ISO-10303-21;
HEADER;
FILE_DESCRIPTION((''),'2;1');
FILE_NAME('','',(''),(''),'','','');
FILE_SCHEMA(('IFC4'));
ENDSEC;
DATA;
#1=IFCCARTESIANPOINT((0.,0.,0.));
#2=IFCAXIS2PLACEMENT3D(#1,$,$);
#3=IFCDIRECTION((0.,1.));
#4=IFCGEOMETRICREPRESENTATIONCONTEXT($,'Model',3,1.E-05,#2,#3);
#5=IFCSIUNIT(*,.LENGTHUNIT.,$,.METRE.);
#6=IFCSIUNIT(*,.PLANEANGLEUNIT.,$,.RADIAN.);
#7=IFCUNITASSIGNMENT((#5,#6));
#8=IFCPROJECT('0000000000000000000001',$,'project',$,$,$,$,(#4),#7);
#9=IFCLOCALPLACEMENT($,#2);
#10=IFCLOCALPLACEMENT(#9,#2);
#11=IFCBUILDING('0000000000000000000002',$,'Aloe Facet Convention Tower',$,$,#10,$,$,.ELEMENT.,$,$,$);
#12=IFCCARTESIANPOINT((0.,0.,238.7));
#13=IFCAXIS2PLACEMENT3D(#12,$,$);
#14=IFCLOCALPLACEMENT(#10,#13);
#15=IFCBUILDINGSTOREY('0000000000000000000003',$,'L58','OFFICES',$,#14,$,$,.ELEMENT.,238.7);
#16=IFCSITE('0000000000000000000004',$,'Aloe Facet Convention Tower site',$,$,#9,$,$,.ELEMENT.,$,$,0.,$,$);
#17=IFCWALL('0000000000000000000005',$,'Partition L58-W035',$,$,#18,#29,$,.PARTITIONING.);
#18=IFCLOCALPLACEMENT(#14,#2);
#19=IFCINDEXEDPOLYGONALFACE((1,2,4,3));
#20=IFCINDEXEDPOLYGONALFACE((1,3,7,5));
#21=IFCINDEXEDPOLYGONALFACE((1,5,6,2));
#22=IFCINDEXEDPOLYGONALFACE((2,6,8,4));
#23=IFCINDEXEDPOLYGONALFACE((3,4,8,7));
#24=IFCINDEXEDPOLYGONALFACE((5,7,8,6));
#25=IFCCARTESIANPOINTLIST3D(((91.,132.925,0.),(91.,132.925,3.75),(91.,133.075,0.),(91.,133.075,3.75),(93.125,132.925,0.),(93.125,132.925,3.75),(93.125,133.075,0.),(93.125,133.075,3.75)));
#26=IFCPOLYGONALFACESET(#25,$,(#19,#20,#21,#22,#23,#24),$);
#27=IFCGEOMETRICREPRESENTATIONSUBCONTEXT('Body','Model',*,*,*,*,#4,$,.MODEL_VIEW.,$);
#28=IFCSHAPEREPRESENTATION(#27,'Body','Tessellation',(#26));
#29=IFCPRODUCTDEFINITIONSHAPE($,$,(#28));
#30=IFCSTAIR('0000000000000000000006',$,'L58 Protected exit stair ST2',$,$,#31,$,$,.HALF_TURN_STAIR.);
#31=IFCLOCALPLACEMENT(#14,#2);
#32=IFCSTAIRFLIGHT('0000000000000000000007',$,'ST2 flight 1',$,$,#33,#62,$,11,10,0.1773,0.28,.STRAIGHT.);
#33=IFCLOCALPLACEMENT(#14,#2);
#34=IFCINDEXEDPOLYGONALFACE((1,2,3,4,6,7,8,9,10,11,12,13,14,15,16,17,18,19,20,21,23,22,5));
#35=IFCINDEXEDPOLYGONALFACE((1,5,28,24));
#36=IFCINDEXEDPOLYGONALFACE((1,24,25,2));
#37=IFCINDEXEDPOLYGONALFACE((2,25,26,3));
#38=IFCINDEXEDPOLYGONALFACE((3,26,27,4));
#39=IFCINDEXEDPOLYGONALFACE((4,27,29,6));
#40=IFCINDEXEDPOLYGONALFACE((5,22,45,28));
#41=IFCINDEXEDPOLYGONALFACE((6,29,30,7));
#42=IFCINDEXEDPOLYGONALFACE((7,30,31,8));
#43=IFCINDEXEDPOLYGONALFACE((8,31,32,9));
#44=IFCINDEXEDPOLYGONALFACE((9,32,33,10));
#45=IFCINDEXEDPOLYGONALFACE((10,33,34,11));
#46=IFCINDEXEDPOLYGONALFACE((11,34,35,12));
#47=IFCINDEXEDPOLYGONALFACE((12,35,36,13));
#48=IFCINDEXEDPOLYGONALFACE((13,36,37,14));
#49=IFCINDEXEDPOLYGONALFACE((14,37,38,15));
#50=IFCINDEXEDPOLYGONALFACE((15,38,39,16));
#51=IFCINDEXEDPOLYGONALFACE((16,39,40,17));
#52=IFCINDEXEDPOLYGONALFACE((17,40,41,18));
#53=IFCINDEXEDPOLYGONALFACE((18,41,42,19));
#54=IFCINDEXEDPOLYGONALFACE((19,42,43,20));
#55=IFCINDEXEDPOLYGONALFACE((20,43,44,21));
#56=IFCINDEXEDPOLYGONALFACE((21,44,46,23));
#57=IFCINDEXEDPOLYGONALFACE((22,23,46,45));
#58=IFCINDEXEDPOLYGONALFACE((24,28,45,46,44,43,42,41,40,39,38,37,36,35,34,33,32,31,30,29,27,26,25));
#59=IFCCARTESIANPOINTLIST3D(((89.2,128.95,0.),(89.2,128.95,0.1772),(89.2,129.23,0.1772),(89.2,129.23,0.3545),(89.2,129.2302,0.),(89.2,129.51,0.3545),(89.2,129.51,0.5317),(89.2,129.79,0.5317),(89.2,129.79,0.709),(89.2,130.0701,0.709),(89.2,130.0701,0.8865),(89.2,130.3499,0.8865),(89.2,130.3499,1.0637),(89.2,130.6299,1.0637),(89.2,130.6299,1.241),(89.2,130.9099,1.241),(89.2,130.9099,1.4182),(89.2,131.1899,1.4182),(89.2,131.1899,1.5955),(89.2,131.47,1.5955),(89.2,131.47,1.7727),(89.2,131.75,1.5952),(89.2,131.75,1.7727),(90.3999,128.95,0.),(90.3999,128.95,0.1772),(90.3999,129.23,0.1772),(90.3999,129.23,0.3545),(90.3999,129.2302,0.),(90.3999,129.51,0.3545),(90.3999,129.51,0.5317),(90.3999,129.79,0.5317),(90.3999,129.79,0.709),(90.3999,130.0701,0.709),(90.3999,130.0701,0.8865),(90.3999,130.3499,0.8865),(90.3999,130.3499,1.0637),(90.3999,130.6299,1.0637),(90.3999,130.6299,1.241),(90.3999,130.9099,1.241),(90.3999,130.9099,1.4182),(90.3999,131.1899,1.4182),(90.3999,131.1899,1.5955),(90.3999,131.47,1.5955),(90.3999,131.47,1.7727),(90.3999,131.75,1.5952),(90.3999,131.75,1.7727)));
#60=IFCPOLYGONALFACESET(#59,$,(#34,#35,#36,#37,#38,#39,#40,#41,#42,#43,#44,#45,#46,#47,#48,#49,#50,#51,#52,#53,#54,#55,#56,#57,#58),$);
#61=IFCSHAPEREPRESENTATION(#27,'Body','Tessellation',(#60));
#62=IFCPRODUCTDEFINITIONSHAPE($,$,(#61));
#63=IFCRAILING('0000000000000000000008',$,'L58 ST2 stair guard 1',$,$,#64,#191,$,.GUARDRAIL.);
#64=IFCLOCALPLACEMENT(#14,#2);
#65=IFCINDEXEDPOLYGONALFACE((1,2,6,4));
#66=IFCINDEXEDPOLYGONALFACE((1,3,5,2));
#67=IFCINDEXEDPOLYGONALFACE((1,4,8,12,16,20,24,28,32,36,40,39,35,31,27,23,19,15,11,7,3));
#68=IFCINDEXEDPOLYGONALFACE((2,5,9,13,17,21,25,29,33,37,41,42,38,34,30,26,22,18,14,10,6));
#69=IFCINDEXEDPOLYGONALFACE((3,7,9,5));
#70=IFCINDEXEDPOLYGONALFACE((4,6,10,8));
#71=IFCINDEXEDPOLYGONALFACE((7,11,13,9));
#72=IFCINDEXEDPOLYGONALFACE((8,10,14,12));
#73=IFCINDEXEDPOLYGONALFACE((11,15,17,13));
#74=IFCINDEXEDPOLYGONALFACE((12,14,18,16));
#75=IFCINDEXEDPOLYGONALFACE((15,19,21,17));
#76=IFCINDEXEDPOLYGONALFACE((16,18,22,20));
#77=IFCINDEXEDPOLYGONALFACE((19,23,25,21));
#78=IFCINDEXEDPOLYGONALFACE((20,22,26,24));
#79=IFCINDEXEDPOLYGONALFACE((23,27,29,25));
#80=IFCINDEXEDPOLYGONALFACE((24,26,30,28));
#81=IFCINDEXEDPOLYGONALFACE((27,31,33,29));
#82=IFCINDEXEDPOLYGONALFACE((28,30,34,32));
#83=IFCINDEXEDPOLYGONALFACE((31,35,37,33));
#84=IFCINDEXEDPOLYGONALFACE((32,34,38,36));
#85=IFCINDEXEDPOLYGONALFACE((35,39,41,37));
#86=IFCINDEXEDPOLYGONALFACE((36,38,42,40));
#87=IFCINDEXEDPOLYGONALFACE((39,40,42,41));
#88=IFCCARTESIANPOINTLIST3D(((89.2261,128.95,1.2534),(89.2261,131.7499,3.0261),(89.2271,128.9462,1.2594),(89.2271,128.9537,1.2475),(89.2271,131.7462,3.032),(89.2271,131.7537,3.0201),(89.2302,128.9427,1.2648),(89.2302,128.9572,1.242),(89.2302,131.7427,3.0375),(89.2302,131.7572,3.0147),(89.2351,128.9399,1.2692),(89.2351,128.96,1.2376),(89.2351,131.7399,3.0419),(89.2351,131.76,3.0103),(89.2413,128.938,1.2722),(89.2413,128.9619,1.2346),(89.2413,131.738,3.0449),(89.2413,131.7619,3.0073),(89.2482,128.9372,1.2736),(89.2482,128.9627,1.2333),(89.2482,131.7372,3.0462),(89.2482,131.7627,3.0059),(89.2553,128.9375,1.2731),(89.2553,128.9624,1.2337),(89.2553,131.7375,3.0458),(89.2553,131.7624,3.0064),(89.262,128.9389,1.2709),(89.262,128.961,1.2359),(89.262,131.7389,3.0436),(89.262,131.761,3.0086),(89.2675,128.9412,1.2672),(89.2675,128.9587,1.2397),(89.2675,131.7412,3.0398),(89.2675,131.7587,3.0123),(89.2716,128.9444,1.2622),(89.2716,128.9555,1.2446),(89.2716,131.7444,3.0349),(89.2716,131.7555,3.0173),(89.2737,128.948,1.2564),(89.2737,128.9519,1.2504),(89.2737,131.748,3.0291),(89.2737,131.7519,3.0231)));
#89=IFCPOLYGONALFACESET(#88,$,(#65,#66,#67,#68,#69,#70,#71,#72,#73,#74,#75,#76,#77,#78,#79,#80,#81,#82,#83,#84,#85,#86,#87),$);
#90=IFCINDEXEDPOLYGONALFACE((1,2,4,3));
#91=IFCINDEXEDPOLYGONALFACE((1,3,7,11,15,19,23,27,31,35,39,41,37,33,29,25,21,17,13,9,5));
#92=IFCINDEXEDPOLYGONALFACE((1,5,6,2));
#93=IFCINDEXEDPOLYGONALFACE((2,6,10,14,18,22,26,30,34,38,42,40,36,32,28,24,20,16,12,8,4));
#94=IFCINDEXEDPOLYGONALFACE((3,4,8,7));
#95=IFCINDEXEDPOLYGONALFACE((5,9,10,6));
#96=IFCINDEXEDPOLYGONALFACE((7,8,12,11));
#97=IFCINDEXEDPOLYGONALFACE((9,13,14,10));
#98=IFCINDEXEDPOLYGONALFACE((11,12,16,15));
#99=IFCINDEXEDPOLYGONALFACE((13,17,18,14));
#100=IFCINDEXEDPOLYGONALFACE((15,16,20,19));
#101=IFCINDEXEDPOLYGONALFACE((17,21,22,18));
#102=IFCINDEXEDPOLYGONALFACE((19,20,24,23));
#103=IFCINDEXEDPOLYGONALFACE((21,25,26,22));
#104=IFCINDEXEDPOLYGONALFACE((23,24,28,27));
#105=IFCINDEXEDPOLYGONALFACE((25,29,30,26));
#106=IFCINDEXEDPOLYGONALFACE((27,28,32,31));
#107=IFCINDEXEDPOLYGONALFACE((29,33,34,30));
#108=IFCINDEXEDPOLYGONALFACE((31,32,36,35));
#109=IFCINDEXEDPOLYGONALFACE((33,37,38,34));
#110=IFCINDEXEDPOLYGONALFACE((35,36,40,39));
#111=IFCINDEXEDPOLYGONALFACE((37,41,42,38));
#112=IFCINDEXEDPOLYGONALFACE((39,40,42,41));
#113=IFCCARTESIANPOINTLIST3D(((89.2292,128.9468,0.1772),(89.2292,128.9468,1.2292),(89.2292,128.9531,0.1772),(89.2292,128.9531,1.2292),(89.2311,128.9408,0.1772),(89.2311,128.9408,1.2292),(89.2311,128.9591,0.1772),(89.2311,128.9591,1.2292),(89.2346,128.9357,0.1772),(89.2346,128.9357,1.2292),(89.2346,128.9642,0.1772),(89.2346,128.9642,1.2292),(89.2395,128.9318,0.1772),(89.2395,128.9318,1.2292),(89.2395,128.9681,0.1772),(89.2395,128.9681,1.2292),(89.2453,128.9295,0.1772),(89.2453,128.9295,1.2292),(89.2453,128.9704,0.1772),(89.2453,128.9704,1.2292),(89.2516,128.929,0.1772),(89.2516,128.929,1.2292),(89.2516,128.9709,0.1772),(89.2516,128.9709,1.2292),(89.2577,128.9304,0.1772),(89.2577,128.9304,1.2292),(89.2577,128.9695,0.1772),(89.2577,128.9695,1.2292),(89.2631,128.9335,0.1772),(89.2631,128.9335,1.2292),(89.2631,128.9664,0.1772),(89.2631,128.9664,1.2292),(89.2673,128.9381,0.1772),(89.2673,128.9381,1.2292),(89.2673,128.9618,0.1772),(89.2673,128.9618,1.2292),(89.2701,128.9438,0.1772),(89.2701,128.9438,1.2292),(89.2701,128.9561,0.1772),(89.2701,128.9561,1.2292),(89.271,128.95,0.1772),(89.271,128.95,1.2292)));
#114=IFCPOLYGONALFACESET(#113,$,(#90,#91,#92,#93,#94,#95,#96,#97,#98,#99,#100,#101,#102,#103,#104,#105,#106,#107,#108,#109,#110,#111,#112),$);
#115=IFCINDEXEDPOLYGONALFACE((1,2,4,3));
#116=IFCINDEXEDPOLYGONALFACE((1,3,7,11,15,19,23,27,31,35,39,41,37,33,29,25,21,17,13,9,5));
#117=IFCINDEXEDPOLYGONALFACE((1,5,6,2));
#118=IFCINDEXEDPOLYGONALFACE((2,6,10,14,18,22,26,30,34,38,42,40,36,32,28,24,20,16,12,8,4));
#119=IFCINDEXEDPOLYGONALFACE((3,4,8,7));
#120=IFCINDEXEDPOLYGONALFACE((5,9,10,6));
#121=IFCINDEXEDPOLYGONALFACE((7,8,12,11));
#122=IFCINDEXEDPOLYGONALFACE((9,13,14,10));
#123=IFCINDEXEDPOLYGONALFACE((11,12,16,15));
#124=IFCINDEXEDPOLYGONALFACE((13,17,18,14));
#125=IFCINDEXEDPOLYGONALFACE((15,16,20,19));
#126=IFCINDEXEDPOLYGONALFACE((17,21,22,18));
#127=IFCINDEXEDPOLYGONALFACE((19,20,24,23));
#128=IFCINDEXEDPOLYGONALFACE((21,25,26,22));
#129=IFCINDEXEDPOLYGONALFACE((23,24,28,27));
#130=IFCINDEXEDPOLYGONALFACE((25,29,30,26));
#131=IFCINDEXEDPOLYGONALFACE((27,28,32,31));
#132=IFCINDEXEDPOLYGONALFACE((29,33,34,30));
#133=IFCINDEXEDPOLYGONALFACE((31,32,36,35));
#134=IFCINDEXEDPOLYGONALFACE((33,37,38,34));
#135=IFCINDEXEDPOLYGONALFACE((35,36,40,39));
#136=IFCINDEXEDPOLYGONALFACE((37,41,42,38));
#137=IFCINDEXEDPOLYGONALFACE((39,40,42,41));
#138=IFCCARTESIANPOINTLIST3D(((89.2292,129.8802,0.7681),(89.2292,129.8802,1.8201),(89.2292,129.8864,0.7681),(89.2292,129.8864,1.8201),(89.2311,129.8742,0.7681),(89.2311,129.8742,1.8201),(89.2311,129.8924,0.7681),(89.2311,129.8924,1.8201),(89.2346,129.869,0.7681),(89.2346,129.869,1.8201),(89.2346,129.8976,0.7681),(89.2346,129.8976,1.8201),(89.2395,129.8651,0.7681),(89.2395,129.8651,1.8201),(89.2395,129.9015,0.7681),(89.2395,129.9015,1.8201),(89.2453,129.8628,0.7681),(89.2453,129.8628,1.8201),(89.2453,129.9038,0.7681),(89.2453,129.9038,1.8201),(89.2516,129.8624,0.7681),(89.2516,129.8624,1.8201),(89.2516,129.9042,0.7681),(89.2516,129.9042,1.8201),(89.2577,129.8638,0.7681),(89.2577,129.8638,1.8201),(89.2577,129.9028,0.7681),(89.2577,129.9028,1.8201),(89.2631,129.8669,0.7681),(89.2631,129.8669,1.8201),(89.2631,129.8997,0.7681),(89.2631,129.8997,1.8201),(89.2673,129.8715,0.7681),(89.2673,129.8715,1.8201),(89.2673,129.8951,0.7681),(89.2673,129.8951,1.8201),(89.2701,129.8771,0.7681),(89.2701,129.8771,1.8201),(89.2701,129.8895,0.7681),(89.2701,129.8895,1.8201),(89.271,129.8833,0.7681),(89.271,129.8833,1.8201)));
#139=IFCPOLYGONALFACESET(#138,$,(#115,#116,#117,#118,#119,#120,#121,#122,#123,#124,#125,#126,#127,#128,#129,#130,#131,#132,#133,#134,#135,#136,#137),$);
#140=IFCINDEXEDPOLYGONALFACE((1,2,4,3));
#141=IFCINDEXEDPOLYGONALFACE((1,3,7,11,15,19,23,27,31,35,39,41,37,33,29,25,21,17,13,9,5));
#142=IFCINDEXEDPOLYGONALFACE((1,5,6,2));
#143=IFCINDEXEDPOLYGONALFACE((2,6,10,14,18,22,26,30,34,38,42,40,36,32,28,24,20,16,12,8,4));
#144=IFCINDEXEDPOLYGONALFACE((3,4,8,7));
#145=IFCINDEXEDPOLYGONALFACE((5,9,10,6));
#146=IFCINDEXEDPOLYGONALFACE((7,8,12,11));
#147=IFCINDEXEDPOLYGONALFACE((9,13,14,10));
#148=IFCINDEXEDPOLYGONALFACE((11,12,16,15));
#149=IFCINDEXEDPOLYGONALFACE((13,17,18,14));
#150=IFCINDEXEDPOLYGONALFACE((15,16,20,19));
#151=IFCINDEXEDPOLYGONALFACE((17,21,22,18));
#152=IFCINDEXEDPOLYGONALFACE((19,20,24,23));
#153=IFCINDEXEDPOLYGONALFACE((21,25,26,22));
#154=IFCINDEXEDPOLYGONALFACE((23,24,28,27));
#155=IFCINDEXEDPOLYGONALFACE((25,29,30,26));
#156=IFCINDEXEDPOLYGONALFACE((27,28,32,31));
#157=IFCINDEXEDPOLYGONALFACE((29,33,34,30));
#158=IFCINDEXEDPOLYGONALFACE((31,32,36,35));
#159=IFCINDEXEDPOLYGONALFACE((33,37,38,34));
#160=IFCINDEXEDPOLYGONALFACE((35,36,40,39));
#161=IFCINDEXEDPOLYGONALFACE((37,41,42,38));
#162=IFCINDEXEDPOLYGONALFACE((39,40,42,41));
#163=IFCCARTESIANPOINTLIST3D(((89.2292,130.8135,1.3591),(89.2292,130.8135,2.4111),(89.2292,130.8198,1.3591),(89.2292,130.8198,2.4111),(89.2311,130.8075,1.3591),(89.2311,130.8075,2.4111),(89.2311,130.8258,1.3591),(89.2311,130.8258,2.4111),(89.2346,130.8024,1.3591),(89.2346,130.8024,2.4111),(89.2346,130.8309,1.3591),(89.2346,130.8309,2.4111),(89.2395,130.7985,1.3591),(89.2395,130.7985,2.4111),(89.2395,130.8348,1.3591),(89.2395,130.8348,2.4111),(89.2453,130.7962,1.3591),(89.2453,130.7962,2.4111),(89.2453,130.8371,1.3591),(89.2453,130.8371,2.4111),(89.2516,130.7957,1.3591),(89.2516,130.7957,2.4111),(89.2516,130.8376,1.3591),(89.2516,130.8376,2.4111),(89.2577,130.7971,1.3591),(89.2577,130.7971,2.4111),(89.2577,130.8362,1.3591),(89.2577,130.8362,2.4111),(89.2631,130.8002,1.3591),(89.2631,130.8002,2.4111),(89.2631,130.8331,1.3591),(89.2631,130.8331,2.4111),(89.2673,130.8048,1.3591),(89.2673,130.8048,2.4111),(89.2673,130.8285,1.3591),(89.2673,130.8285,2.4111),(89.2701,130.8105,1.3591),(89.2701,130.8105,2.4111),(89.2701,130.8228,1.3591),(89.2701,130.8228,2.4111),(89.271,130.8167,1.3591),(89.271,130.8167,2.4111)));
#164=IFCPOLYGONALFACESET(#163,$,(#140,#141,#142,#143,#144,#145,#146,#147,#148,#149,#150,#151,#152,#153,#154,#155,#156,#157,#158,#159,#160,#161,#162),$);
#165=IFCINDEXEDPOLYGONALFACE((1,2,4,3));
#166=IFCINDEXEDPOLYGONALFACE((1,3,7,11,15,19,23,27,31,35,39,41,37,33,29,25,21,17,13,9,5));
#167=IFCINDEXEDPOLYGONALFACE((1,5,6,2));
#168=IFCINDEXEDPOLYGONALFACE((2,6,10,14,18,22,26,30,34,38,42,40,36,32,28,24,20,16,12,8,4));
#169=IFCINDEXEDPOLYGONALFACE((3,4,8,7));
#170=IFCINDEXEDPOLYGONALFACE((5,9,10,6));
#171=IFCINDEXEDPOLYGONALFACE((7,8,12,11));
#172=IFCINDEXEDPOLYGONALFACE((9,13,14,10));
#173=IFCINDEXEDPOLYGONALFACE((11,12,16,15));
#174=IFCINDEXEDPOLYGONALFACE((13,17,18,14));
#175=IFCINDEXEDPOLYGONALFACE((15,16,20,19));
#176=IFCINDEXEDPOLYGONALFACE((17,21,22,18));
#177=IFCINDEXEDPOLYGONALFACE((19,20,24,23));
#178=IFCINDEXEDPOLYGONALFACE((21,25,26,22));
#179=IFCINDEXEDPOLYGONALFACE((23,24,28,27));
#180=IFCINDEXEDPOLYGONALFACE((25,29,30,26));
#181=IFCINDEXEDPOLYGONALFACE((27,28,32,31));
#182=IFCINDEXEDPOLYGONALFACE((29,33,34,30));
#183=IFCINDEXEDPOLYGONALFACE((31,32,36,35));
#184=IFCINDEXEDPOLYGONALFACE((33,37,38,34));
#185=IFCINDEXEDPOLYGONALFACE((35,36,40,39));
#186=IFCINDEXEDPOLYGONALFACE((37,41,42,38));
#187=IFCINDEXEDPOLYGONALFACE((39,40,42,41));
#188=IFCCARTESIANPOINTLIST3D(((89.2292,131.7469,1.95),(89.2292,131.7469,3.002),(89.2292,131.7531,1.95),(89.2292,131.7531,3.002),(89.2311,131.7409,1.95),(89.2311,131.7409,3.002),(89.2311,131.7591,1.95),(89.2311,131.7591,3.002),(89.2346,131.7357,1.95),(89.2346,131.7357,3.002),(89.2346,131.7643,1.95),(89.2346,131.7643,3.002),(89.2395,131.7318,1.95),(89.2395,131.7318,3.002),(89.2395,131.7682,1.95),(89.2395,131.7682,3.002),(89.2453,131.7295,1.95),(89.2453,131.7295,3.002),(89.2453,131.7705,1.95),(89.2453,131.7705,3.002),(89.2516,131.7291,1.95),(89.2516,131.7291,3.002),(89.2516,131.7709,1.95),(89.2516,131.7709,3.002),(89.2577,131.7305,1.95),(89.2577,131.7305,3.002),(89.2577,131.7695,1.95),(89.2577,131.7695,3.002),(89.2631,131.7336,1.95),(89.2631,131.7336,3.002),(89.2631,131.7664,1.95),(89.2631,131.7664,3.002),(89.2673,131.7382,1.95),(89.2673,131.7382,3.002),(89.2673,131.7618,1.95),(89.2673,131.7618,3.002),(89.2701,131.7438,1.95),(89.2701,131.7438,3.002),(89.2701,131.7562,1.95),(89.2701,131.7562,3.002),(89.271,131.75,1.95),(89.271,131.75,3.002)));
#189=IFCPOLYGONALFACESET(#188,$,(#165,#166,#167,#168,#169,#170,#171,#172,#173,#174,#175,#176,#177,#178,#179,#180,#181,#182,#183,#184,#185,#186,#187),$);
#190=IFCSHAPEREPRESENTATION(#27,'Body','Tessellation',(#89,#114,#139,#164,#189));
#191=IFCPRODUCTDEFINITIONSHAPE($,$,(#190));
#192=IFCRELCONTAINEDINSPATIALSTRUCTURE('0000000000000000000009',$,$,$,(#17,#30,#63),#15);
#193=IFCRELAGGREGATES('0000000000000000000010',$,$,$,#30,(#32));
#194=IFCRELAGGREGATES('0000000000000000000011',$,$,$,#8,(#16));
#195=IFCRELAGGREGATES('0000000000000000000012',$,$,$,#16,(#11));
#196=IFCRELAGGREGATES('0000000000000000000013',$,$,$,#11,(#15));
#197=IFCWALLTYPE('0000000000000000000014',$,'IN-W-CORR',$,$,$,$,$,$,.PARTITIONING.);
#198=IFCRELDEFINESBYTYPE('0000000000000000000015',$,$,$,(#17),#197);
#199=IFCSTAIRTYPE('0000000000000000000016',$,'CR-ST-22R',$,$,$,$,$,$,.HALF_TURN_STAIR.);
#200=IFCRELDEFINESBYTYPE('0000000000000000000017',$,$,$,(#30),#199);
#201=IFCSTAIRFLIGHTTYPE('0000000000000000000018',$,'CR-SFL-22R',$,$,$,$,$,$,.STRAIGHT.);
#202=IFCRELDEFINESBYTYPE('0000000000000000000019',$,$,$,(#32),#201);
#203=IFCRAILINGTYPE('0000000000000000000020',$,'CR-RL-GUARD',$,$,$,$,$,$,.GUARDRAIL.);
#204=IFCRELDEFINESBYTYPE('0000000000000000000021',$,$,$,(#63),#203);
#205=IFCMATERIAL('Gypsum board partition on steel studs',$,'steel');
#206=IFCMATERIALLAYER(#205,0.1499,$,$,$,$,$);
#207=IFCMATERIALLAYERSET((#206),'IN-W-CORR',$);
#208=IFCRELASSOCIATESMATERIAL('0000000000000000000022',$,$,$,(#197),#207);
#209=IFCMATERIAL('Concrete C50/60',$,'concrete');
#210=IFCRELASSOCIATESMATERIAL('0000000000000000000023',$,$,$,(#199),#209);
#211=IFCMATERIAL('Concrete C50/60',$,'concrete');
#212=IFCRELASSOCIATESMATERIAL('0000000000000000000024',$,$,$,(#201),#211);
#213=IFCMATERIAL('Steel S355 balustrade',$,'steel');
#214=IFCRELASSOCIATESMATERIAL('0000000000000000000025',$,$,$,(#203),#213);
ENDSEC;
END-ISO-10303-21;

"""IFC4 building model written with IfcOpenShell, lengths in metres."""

from ifc_helpers import new_model, si_unit, direction, frame, frame_2d, origin, origin_2d, place, context, subcontext, project, spatial, polyline, rectangle, circle, outline, extrude, material, layer, layer_set, type_object, element, aggregate, save


model = new_model("IFC4")

# Units and contexts
model_context = context("Model", 3, precision=1e-05, world=origin(), true_north=direction((0.0, 1.0)))
body_context = subcontext(model_context, "Body", "Model", "MODEL_VIEW")
ifc_project = project(units=[si_unit("LENGTHUNIT", "METRE"), si_unit("PLANEANGLEUNIT", "RADIAN")], contexts=[model_context])

# Site, building, storey
site_placement = place(None, origin())
site = spatial("IfcSite", under=ifc_project, at=site_placement, Name="Aloe Facet Convention Tower site", CompositionType="ELEMENT", RefElevation=0.0)
building_placement = place(site_placement, origin())
building = spatial("IfcBuilding", under=site, at=building_placement, Name="Aloe Facet Convention Tower", CompositionType="ELEMENT")
storey_placement = place(building_placement, frame((0.0, 0.0, 238.7)))
storey = spatial("IfcBuildingStorey", under=building, at=storey_placement, Name="L58", Description="OFFICES", CompositionType="ELEMENT", Elevation=238.7)

# Wall
ifc_material_1 = material(Name="Gypsum board partition on steel studs", Category="steel")
ifc_layer_1 = layer(ifc_material_1, 0.1499)
ifc_layer_set_1 = layer_set([ifc_layer_1], Name="IN-W-CORR")
wall_type_1 = type_object("IfcWallType", Name="IN-W-CORR", PredefinedType="PARTITIONING", material=ifc_layer_set_1)
wall_1_placement = place(storey_placement, frame((91.0, 133.0, 0.0), z_axis=(0.0, 0.0, 1.0), x_axis=(1.0, 0.0, 0.0)))
element("IfcWall", 1, at=wall_1_placement, inside=storey, type_object=wall_type_1, Name="Partition L58-W035", PredefinedType="PARTITIONING", context=body_context, shape_type="SweptSolid", body=[
    extrude(rectangle(XDim=2.125, YDim=0.1499, at=frame_2d((1.0625, 0.0))), origin(), (0.0, 0.0, 1.0), 3.75),
])

# Stair, stair flight
ifc_material_2 = material(Name="Concrete C50/60", Category="concrete")
stair_type = type_object("IfcStairType", Name="CR-ST-22R", PredefinedType="HALF_TURN_STAIR", material=ifc_material_2)
stair_placement = place(storey_placement, origin())
stair = element("IfcStair", 2, at=stair_placement, inside=storey, type_object=stair_type, Name="L58 Protected exit stair ST2", PredefinedType="HALF_TURN_STAIR")
ifc_material_3 = material(Name="Concrete C50/60", Category="concrete")
stair_flight_type = type_object("IfcStairFlightType", Name="CR-SFL-22R", PredefinedType="STRAIGHT", material=ifc_material_3)
stair_flight_placement = place(storey_placement, frame((89.8, 128.95, 0.0), z_axis=(0.0, 0.0, 1.0), x_axis=(0.0, 1.0, 0.0)))
stair_flight = element("IfcStairFlight", 3, at=stair_flight_placement, type_object=stair_flight_type, Name="ST2 flight 1", NumberOfRisers=11, NumberOfTreads=10, PredefinedType="STRAIGHT", RiserHeight=0.1773, TreadLength=0.28, context=body_context, shape_type="SweptSolid", body=[
    extrude(outline(polyline([(0.0, 0.0), (0.0, 0.1772), (0.28, 0.1772), (0.28, 0.3545), (0.5601, 0.3545), (0.5601, 0.5317), (0.8401, 0.5317), (0.8401, 0.709), (1.1201, 0.709), (1.1201, 0.8865), (1.3999, 0.8865), (1.3999, 1.0637), (1.6799, 1.0637), (1.6799, 1.241), (1.96, 1.241), (1.96, 1.4182), (2.24, 1.4182), (2.24, 1.5955), (2.52, 1.5955), (2.52, 1.7727), (2.8, 1.7727), (2.8, 1.95), (2.8, 1.5952), (0.2803, 0.0), (0.0, 0.0)])), frame((0.0, 0.6001, 0.0), z_axis=(0.0, -1.0, 0.0), x_axis=(1.0, 0.0, 0.0)), (0.0, 0.0, 1.0), 1.2),
])
aggregate(stair, [stair_flight])

# Railing
ifc_material_4 = material(Name="Steel S355 balustrade", Category="steel")
railing_type_1 = type_object("IfcRailingType", Name="CR-RL-GUARD", PredefinedType="GUARDRAIL", material=ifc_material_4)
railing_1_placement = place(storey_placement, frame((89.25, 128.95, 0.1772)))
element("IfcRailing", 4, at=railing_1_placement, inside=storey, type_object=railing_type_1, Name="L58 ST2 stair guard 1", PredefinedType="GUARDRAIL", context=body_context, shape_type="SweptSolid", body=[
    extrude(circle(Radius=0.0239, at=origin_2d()), frame((0.0, 0.0, 1.0762), z_axis=(0.0, 0.844909, 0.53491), x_axis=(-1.0, 0.0, 0.0)), (0.0, 0.0, 1.0), 3.314),
    extrude(circle(Radius=0.021, at=origin_2d()), origin(), (0.0, 0.0, 1.0), 1.052),
    extrude(circle(Radius=0.021, at=origin_2d()), frame((0.0, 0.9333, 0.5908)), (0.0, 0.0, 1.0), 1.052),
    extrude(circle(Radius=0.021, at=origin_2d()), frame((0.0, 1.8667, 1.1819)), (0.0, 0.0, 1.0), 1.052),
    extrude(circle(Radius=0.021, at=origin_2d()), frame((0.0, 2.8, 1.7727)), (0.0, 0.0, 1.0), 1.052),
])

save(model, "model.ifc")
